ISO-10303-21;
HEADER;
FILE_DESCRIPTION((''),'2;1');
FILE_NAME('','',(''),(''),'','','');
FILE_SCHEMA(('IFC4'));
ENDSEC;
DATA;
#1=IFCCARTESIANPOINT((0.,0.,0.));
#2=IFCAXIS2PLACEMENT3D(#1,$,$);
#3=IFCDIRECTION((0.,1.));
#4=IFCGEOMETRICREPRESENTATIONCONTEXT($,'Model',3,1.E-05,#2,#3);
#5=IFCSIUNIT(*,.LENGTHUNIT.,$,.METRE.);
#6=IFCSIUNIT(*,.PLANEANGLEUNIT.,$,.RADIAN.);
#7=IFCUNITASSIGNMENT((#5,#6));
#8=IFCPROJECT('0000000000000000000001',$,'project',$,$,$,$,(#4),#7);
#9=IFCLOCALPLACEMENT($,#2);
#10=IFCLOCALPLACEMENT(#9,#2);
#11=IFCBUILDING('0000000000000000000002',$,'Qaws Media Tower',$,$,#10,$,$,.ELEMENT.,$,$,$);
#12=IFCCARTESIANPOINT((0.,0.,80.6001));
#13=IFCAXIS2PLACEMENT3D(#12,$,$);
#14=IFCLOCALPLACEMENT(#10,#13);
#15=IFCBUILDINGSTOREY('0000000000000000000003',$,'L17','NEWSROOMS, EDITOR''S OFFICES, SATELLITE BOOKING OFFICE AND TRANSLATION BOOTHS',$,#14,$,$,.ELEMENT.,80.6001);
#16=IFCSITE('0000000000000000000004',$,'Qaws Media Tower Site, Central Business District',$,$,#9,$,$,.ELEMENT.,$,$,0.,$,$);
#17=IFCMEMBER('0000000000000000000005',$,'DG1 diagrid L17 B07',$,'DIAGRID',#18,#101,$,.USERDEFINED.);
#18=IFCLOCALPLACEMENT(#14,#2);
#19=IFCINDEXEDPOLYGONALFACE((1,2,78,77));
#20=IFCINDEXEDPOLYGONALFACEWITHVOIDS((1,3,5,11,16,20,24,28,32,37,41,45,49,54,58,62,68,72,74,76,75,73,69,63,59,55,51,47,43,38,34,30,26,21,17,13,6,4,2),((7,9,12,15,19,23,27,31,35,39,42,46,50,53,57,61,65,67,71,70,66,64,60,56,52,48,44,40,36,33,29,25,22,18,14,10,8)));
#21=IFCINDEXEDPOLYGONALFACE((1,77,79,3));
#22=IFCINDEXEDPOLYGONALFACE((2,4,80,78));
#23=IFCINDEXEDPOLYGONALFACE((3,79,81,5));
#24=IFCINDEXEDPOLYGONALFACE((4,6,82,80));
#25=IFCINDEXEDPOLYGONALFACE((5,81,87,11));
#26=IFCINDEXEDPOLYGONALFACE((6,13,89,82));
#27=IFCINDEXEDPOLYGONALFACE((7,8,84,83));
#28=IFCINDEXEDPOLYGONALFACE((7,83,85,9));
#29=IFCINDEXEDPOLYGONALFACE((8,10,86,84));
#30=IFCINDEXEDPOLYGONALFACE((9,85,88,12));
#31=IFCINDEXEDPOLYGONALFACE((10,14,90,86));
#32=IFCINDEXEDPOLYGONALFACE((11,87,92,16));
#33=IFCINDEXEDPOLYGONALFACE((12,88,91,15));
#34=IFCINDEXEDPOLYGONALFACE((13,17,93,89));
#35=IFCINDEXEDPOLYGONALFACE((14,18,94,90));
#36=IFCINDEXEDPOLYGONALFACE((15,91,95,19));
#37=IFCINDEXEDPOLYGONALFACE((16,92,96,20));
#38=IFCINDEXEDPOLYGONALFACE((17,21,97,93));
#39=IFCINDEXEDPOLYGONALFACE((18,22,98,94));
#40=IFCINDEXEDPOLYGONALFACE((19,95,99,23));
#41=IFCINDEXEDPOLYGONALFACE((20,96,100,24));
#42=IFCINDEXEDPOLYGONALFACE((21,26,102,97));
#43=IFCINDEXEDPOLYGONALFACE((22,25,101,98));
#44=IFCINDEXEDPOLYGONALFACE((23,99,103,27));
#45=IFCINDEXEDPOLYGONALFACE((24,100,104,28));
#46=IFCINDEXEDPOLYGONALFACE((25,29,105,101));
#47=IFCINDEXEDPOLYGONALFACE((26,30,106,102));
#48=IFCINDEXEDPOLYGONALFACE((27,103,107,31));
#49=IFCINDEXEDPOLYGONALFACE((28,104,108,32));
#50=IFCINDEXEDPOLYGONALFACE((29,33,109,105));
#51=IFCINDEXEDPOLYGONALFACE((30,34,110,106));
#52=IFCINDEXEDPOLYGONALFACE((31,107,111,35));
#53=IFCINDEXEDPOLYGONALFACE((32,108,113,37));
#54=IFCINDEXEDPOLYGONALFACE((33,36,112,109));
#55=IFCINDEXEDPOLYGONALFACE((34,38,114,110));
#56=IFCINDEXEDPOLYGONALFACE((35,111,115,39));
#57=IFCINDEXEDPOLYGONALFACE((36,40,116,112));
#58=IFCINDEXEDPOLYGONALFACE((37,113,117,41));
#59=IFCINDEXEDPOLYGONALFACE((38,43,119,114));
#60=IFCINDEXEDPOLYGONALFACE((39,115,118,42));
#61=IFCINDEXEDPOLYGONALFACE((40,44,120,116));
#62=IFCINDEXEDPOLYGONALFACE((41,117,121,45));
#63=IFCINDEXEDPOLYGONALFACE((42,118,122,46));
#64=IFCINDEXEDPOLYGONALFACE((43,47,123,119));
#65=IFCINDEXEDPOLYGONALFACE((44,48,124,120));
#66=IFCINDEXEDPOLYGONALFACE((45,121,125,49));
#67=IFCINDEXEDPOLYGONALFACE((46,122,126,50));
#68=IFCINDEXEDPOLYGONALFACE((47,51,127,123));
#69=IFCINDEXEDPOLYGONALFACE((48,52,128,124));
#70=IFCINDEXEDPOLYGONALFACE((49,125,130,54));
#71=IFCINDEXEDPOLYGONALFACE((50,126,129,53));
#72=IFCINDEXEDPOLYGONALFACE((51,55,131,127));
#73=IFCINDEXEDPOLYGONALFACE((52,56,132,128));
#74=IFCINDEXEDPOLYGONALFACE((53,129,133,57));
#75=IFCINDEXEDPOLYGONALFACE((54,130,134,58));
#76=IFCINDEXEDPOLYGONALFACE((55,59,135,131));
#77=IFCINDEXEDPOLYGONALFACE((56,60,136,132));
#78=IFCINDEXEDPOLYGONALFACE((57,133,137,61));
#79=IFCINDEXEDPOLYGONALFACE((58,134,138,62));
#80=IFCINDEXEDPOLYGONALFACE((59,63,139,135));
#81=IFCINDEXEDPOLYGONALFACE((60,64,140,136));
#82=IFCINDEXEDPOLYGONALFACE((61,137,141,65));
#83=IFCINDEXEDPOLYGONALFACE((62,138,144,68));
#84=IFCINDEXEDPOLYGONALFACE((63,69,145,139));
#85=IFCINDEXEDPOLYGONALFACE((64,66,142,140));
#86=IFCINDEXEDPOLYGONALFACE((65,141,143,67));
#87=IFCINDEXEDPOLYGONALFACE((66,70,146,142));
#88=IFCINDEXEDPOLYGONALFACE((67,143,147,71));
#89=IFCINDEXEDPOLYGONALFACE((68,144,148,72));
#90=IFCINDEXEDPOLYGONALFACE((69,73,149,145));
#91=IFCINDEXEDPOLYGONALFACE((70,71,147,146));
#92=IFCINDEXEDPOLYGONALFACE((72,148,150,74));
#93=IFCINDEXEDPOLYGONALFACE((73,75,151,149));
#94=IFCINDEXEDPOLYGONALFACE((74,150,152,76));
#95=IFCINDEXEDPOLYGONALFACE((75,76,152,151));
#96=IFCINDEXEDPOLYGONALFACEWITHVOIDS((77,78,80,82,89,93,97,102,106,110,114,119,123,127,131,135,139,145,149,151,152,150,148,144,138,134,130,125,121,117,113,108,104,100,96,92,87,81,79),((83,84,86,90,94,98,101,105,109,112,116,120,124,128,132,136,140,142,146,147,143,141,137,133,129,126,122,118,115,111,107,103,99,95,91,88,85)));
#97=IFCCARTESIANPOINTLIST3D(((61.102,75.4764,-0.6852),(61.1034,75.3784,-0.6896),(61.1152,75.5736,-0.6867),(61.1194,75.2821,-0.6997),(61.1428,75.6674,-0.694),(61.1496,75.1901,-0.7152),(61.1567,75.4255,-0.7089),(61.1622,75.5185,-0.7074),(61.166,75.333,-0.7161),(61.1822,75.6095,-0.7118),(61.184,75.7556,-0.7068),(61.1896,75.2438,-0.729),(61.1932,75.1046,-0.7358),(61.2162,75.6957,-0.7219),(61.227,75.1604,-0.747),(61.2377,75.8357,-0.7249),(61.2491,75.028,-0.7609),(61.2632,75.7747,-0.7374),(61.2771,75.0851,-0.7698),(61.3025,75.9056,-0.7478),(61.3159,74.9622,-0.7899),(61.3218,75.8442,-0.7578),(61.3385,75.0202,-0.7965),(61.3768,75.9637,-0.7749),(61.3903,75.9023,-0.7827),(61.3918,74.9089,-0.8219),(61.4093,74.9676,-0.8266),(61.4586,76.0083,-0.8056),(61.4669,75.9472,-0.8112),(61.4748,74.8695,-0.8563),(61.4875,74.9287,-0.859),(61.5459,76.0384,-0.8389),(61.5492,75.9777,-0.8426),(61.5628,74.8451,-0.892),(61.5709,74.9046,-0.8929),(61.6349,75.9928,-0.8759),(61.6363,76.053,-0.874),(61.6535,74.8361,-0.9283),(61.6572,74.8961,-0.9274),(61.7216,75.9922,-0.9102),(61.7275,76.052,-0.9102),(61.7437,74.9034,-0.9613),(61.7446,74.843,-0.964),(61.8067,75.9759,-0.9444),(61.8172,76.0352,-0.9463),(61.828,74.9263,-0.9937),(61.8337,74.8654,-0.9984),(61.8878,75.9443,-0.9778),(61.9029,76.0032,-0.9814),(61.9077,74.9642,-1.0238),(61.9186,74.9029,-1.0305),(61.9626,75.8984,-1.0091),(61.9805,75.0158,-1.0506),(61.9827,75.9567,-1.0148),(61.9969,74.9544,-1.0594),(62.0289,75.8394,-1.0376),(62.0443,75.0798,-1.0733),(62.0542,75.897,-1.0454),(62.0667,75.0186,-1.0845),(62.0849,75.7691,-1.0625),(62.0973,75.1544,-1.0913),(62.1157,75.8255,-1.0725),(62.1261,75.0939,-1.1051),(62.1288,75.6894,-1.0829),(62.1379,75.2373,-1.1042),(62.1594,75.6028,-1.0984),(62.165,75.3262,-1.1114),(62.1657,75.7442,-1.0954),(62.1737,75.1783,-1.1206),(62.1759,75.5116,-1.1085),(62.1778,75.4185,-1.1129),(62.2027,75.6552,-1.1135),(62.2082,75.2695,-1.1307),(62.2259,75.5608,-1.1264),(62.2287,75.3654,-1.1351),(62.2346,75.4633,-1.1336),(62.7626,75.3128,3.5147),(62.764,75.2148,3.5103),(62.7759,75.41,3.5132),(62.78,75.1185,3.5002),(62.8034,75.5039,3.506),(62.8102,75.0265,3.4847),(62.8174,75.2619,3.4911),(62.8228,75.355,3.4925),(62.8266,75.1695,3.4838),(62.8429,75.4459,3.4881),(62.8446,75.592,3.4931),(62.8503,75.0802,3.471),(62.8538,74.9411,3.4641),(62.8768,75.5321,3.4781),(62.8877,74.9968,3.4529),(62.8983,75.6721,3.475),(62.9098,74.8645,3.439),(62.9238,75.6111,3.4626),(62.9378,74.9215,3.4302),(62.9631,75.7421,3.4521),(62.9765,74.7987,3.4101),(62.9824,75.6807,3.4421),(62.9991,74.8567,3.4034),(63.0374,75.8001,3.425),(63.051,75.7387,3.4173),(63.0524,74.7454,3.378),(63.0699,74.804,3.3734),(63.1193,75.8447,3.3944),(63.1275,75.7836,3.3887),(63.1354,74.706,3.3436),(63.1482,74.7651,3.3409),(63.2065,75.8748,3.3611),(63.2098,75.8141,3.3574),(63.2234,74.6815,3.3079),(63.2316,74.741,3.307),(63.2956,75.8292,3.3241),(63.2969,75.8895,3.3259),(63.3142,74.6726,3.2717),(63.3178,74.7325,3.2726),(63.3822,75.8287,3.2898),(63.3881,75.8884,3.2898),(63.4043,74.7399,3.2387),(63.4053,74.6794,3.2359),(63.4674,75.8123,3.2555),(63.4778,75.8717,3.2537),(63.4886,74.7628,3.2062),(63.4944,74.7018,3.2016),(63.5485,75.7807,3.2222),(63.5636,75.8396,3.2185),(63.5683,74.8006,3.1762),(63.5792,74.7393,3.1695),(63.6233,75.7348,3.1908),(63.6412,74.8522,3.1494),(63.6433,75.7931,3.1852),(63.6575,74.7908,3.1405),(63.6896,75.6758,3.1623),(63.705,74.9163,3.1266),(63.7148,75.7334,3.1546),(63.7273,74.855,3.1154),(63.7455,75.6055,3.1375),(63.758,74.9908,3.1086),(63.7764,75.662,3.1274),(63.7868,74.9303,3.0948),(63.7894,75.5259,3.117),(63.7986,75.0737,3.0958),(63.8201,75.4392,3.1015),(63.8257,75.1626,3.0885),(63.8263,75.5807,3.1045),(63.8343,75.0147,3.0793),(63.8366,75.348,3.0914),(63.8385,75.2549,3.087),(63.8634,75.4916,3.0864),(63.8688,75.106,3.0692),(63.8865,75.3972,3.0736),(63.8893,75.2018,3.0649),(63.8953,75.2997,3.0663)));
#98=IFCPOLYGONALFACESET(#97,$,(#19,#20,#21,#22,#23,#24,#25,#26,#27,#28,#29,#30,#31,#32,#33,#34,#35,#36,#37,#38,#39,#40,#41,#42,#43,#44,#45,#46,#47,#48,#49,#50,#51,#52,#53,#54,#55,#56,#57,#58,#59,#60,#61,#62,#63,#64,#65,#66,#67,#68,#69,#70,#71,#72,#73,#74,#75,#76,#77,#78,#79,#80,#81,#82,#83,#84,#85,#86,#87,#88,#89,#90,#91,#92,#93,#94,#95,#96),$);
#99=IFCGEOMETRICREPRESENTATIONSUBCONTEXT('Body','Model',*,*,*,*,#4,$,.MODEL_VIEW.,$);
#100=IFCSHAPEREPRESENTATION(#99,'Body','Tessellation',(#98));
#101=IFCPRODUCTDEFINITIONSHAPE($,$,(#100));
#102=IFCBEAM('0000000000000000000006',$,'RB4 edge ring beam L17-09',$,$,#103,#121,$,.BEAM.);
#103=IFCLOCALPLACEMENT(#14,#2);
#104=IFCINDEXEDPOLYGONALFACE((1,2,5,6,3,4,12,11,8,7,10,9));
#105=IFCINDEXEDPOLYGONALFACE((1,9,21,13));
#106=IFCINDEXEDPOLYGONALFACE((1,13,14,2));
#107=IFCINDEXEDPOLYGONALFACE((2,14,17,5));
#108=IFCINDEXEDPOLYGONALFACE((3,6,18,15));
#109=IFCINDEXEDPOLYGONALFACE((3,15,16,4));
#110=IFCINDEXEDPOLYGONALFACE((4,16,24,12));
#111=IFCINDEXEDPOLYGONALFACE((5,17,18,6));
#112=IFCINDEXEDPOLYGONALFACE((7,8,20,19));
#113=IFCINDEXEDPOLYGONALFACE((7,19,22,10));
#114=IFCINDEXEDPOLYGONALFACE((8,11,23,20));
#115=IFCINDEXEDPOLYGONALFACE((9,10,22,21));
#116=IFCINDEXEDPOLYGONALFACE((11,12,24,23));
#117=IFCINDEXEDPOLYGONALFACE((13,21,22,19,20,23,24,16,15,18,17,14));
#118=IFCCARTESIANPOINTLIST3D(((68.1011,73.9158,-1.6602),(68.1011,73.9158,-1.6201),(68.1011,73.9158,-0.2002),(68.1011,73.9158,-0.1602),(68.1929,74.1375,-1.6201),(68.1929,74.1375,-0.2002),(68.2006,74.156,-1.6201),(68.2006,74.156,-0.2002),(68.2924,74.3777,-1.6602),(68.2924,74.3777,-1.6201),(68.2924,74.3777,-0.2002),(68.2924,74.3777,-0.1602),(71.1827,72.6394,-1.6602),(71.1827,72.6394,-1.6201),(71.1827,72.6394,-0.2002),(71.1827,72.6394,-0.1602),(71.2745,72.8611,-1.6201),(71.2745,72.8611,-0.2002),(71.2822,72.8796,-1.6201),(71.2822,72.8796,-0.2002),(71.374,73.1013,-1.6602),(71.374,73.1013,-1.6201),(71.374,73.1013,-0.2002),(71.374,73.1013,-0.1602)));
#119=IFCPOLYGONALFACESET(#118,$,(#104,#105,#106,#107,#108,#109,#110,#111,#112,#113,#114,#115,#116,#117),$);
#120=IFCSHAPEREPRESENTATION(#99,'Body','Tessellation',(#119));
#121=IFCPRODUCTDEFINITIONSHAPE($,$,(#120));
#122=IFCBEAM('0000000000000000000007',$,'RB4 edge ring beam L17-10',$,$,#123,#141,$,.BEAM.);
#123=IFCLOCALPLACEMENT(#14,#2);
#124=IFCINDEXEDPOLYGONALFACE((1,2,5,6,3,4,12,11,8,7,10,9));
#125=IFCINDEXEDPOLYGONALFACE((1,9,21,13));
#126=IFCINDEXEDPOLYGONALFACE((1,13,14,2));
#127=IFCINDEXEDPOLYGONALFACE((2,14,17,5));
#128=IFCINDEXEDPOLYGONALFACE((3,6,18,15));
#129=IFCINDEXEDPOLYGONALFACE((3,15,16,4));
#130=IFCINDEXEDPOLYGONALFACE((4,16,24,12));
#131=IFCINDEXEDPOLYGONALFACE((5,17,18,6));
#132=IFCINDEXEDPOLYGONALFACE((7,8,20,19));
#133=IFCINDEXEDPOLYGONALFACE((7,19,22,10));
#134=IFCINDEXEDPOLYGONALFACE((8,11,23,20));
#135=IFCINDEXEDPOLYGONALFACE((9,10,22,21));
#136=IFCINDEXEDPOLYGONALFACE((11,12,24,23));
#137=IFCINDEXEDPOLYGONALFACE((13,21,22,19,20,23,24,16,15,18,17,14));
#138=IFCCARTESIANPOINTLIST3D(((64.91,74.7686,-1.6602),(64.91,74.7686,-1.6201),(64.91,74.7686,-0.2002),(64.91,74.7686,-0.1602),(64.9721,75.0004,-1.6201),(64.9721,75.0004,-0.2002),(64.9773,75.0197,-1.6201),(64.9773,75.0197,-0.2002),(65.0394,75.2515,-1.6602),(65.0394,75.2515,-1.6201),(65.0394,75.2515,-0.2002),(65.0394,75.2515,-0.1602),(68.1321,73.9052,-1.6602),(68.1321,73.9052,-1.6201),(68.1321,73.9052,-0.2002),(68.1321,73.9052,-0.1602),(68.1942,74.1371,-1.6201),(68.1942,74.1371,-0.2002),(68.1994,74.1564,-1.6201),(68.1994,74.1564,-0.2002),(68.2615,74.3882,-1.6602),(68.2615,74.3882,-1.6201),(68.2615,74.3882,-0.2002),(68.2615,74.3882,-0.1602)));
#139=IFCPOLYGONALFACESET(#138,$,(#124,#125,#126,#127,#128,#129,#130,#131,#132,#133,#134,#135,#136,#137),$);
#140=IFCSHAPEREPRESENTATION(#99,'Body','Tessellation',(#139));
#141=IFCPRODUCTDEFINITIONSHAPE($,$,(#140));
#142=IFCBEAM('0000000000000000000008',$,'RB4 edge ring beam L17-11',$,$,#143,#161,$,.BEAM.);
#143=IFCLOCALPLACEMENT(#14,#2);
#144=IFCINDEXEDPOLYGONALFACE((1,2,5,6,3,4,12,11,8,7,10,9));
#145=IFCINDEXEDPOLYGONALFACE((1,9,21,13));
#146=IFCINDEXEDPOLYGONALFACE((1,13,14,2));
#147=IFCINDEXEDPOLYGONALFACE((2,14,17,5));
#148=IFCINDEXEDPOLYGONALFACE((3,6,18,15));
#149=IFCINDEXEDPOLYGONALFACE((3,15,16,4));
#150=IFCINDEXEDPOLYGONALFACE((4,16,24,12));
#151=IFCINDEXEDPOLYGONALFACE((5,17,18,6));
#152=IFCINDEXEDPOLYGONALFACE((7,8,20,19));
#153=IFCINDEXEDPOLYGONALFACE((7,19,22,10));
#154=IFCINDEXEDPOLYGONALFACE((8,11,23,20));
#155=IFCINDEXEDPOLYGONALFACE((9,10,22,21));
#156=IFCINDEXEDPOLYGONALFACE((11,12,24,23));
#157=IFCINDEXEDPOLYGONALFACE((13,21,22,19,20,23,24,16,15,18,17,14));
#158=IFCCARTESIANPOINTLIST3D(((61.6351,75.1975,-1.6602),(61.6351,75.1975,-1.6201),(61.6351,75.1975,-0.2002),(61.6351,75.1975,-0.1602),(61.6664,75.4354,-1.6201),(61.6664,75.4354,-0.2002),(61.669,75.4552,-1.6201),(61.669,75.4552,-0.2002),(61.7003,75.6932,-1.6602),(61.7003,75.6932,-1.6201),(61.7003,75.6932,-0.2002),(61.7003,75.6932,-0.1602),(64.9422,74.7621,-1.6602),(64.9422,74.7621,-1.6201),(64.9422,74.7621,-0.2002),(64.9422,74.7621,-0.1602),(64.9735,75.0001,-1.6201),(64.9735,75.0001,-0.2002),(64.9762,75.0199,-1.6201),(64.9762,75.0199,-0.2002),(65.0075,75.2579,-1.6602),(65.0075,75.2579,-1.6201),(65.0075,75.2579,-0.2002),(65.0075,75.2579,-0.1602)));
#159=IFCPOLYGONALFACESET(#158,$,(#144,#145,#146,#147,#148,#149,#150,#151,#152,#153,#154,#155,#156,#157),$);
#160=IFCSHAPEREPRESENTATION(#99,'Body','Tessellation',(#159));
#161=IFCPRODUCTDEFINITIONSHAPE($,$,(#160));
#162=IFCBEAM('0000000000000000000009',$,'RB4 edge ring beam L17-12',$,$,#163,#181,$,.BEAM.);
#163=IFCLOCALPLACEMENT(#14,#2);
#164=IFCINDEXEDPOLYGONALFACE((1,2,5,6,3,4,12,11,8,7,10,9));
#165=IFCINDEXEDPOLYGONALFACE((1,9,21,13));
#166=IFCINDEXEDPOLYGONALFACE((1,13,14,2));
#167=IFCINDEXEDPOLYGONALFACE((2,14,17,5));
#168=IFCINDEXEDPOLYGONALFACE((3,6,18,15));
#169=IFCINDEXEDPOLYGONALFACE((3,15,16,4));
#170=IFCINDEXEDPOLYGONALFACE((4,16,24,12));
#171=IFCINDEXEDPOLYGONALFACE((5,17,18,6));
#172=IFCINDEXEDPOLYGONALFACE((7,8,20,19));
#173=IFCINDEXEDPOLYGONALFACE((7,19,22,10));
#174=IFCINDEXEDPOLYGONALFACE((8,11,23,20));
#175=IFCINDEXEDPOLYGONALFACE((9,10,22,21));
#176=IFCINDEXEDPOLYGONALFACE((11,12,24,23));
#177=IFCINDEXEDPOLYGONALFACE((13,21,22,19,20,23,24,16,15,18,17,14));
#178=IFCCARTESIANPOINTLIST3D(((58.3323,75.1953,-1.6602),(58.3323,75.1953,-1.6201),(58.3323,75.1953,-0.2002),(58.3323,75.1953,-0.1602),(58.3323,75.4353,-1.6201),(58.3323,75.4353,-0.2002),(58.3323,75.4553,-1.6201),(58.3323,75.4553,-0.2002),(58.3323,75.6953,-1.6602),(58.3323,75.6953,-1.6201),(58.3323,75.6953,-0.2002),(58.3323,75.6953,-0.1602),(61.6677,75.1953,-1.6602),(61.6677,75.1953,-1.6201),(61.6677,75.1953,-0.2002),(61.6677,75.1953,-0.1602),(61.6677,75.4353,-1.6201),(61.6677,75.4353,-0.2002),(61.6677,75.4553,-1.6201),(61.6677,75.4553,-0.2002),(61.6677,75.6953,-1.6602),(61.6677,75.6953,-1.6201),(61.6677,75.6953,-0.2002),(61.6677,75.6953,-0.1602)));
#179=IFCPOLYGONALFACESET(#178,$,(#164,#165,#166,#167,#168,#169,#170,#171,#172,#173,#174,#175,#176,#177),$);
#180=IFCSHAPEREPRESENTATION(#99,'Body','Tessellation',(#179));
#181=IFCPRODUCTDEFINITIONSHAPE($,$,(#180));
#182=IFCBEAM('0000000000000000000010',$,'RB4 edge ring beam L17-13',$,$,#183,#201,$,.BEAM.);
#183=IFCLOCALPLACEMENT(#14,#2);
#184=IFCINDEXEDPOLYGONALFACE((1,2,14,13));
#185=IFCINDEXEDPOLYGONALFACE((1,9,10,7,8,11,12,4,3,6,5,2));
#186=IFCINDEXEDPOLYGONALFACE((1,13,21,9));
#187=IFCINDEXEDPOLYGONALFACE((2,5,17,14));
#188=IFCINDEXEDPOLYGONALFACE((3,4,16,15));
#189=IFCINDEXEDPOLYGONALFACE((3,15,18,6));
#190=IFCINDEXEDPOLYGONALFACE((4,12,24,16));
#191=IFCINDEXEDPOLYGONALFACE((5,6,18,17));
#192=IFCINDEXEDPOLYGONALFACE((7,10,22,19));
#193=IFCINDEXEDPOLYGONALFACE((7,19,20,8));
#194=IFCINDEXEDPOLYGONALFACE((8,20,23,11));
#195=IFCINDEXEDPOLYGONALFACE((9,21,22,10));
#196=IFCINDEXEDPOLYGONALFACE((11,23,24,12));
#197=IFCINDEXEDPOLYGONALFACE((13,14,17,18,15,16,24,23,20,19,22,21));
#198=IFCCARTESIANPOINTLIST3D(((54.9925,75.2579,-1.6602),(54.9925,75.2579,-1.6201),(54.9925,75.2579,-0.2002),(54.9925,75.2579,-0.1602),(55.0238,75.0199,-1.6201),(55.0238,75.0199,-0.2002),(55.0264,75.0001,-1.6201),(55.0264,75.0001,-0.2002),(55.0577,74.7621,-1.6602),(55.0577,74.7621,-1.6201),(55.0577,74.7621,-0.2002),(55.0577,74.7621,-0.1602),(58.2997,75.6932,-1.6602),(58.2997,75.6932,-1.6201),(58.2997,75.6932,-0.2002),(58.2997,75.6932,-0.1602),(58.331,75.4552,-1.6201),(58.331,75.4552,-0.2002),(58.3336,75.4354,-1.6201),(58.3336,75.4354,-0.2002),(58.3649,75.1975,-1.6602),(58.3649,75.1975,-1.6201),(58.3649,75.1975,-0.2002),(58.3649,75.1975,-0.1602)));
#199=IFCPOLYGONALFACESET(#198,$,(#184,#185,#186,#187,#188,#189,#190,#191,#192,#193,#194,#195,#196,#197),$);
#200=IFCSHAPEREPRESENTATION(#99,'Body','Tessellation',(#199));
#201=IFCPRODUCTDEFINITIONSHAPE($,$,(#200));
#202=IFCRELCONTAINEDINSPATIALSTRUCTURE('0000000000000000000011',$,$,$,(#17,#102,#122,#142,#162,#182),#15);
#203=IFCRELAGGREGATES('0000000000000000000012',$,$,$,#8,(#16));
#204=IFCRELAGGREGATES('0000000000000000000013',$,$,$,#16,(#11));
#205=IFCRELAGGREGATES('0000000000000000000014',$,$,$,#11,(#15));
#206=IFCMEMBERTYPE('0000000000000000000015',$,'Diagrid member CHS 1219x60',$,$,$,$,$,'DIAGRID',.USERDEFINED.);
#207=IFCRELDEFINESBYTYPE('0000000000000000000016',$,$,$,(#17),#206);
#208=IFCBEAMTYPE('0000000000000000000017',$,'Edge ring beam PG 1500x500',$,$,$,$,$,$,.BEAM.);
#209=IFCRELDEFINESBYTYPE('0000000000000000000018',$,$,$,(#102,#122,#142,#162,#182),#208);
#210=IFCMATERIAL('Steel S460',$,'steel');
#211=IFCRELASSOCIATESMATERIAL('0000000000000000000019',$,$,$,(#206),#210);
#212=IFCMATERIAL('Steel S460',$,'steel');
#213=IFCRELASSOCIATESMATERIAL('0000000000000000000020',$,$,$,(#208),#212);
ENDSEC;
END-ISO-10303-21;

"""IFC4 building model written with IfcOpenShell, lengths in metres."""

from ifc_helpers import new_model, si_unit, direction, frame, origin, origin_2d, place, context, subcontext, project, spatial, hollow_circle, i_section, extrude, material, material_profile, profile_set, type_object, element, save


model = new_model("IFC4")

# Units and contexts
model_context = context("Model", 3, precision=1e-05, world=origin(), true_north=direction((0.0, 1.0)))
body_context = subcontext(model_context, "Body", "Model", "MODEL_VIEW")
ifc_project = project(units=[si_unit("LENGTHUNIT", "METRE"), si_unit("PLANEANGLEUNIT", "RADIAN")], contexts=[model_context])

# Site, building, storey
site_placement = place(None, origin())
site = spatial("IfcSite", under=ifc_project, at=site_placement, Name="Qaws Media Tower Site, Central Business District", CompositionType="ELEMENT", RefElevation=0.0)
building_placement = place(site_placement, origin())
building = spatial("IfcBuilding", under=site, at=building_placement, Name="Qaws Media Tower", CompositionType="ELEMENT")
storey_placement = place(building_placement, frame((0.0, 0.0, 80.6001)))
storey = spatial("IfcBuildingStorey", under=building, at=storey_placement, Name="L17", Description="NEWSROOMS, EDITOR'S OFFICES, SATELLITE BOOKING OFFICE AND TRANSLATION BOOTHS", CompositionType="ELEMENT", Elevation=80.6001)

# Member
ifc_material_1 = material(Name="Steel S460", Category="steel")
ifc_material_profile_1 = material_profile(ifc_material_1, hollow_circle(Radius=0.6096, WallThickness=0.0601, at=origin_2d()), Name="CHS 1219x60")
ifc_profile_set_1 = profile_set([ifc_material_profile_1], Name="Steel S460")
member_type_1 = type_object("IfcMemberType", Name="Diagrid member CHS 1219x60", ElementType="DIAGRID", PredefinedType="USERDEFINED", material=ifc_profile_set_1)
for number, where, z_axis, x_axis, name in (
    (1, (61.6677, 75.4453, -0.9102), (0.367456, -0.036195, 0.929336), (0.098026, 0.995184, 0.0), "DG1 diagrid L17 B07"),
):
    element("IfcMember", number, at=place(storey_placement, frame(where, z_axis=z_axis, x_axis=x_axis)), inside=storey, type_object=member_type_1, Name=name, ObjectType="DIAGRID", PredefinedType="USERDEFINED", context=body_context, shape_type="SweptSolid", body=[
        extrude(hollow_circle(Radius=0.6096, WallThickness=0.0601, at=origin_2d()), origin(), (0.0, 0.0, 1.0), 4.5193),
    ])

# Beams
ifc_material_2 = material(Name="Steel S460", Category="steel")
ifc_material_profile_2 = material_profile(ifc_material_2, i_section(OverallWidth=0.5, OverallDepth=1.5, WebThickness=0.02, FlangeThickness=0.04, at=origin_2d()), Name="PG 1500x500")
ifc_profile_set_2 = profile_set([ifc_material_profile_2], Name="Steel S460")
beam_type = type_object("IfcBeamType", Name="Edge ring beam PG 1500x500", PredefinedType="BEAM", material=ifc_profile_set_2)
beam_1_placement = place(storey_placement, frame((71.2783, 72.8704, -0.9102), z_axis=(-0.923885, 0.382671, 0.0), x_axis=(-0.382671, -0.923885, 0.0)))
element("IfcBeam", 2, at=beam_1_placement, inside=storey, type_object=beam_type, Name="RB4 edge ring beam L17-09", PredefinedType="BEAM", context=body_context, shape_type="SweptSolid", body=[
    extrude(i_section(OverallWidth=0.5, OverallDepth=1.5, WebThickness=0.02, FlangeThickness=0.04, at=origin_2d()), origin(), (0.0, 0.0, 1.0), 3.3354),
])
for number, where, z_axis, x_axis, name in (
    (3, (68.1968, 74.1467, -0.9102), (-0.965928, 0.25881, 0.0), (-0.25881, -0.965928, 0.0), "RB4 edge ring beam L17-10"),
    (4, (64.9749, 75.01, -0.9102), (-0.991448, 0.1305, 0.0), (-0.1305, -0.991448, 0.0), "RB4 edge ring beam L17-11"),
):
    element("IfcBeam", number, at=place(storey_placement, frame(where, z_axis=z_axis, x_axis=x_axis)), inside=storey, type_object=beam_type, Name=name, PredefinedType="BEAM", context=body_context, shape_type="SweptSolid", body=[
        extrude(i_section(OverallWidth=0.5, OverallDepth=1.5, WebThickness=0.02, FlangeThickness=0.04, at=origin_2d()), origin(), (0.0, 0.0, 1.0), 3.3357),
    ])
beam_2_placement = place(storey_placement, frame((61.6677, 75.4453, -0.9102), z_axis=(-1.0, 0.0, 0.0), x_axis=(0.0, -1.0, 0.0)))
element("IfcBeam", 5, at=beam_2_placement, inside=storey, type_object=beam_type, Name="RB4 edge ring beam L17-12", PredefinedType="BEAM", context=body_context, shape_type="SweptSolid", body=[
    extrude(i_section(OverallWidth=0.5, OverallDepth=1.5, WebThickness=0.02, FlangeThickness=0.04, at=origin_2d()), origin(), (0.0, 0.0, 1.0), 3.3354),
])
beam_3_placement = place(storey_placement, frame((58.3323, 75.4453, -0.9102), z_axis=(-0.991448, -0.1305, 0.0), x_axis=(0.1305, -0.991448, 0.0)))
element("IfcBeam", 6, at=beam_3_placement, inside=storey, type_object=beam_type, Name="RB4 edge ring beam L17-13", PredefinedType="BEAM", context=body_context, shape_type="SweptSolid", body=[
    extrude(i_section(OverallWidth=0.5, OverallDepth=1.5, WebThickness=0.02, FlangeThickness=0.04, at=origin_2d()), origin(), (0.0, 0.0, 1.0), 3.3357),
])

save(model, "model.ifc")
